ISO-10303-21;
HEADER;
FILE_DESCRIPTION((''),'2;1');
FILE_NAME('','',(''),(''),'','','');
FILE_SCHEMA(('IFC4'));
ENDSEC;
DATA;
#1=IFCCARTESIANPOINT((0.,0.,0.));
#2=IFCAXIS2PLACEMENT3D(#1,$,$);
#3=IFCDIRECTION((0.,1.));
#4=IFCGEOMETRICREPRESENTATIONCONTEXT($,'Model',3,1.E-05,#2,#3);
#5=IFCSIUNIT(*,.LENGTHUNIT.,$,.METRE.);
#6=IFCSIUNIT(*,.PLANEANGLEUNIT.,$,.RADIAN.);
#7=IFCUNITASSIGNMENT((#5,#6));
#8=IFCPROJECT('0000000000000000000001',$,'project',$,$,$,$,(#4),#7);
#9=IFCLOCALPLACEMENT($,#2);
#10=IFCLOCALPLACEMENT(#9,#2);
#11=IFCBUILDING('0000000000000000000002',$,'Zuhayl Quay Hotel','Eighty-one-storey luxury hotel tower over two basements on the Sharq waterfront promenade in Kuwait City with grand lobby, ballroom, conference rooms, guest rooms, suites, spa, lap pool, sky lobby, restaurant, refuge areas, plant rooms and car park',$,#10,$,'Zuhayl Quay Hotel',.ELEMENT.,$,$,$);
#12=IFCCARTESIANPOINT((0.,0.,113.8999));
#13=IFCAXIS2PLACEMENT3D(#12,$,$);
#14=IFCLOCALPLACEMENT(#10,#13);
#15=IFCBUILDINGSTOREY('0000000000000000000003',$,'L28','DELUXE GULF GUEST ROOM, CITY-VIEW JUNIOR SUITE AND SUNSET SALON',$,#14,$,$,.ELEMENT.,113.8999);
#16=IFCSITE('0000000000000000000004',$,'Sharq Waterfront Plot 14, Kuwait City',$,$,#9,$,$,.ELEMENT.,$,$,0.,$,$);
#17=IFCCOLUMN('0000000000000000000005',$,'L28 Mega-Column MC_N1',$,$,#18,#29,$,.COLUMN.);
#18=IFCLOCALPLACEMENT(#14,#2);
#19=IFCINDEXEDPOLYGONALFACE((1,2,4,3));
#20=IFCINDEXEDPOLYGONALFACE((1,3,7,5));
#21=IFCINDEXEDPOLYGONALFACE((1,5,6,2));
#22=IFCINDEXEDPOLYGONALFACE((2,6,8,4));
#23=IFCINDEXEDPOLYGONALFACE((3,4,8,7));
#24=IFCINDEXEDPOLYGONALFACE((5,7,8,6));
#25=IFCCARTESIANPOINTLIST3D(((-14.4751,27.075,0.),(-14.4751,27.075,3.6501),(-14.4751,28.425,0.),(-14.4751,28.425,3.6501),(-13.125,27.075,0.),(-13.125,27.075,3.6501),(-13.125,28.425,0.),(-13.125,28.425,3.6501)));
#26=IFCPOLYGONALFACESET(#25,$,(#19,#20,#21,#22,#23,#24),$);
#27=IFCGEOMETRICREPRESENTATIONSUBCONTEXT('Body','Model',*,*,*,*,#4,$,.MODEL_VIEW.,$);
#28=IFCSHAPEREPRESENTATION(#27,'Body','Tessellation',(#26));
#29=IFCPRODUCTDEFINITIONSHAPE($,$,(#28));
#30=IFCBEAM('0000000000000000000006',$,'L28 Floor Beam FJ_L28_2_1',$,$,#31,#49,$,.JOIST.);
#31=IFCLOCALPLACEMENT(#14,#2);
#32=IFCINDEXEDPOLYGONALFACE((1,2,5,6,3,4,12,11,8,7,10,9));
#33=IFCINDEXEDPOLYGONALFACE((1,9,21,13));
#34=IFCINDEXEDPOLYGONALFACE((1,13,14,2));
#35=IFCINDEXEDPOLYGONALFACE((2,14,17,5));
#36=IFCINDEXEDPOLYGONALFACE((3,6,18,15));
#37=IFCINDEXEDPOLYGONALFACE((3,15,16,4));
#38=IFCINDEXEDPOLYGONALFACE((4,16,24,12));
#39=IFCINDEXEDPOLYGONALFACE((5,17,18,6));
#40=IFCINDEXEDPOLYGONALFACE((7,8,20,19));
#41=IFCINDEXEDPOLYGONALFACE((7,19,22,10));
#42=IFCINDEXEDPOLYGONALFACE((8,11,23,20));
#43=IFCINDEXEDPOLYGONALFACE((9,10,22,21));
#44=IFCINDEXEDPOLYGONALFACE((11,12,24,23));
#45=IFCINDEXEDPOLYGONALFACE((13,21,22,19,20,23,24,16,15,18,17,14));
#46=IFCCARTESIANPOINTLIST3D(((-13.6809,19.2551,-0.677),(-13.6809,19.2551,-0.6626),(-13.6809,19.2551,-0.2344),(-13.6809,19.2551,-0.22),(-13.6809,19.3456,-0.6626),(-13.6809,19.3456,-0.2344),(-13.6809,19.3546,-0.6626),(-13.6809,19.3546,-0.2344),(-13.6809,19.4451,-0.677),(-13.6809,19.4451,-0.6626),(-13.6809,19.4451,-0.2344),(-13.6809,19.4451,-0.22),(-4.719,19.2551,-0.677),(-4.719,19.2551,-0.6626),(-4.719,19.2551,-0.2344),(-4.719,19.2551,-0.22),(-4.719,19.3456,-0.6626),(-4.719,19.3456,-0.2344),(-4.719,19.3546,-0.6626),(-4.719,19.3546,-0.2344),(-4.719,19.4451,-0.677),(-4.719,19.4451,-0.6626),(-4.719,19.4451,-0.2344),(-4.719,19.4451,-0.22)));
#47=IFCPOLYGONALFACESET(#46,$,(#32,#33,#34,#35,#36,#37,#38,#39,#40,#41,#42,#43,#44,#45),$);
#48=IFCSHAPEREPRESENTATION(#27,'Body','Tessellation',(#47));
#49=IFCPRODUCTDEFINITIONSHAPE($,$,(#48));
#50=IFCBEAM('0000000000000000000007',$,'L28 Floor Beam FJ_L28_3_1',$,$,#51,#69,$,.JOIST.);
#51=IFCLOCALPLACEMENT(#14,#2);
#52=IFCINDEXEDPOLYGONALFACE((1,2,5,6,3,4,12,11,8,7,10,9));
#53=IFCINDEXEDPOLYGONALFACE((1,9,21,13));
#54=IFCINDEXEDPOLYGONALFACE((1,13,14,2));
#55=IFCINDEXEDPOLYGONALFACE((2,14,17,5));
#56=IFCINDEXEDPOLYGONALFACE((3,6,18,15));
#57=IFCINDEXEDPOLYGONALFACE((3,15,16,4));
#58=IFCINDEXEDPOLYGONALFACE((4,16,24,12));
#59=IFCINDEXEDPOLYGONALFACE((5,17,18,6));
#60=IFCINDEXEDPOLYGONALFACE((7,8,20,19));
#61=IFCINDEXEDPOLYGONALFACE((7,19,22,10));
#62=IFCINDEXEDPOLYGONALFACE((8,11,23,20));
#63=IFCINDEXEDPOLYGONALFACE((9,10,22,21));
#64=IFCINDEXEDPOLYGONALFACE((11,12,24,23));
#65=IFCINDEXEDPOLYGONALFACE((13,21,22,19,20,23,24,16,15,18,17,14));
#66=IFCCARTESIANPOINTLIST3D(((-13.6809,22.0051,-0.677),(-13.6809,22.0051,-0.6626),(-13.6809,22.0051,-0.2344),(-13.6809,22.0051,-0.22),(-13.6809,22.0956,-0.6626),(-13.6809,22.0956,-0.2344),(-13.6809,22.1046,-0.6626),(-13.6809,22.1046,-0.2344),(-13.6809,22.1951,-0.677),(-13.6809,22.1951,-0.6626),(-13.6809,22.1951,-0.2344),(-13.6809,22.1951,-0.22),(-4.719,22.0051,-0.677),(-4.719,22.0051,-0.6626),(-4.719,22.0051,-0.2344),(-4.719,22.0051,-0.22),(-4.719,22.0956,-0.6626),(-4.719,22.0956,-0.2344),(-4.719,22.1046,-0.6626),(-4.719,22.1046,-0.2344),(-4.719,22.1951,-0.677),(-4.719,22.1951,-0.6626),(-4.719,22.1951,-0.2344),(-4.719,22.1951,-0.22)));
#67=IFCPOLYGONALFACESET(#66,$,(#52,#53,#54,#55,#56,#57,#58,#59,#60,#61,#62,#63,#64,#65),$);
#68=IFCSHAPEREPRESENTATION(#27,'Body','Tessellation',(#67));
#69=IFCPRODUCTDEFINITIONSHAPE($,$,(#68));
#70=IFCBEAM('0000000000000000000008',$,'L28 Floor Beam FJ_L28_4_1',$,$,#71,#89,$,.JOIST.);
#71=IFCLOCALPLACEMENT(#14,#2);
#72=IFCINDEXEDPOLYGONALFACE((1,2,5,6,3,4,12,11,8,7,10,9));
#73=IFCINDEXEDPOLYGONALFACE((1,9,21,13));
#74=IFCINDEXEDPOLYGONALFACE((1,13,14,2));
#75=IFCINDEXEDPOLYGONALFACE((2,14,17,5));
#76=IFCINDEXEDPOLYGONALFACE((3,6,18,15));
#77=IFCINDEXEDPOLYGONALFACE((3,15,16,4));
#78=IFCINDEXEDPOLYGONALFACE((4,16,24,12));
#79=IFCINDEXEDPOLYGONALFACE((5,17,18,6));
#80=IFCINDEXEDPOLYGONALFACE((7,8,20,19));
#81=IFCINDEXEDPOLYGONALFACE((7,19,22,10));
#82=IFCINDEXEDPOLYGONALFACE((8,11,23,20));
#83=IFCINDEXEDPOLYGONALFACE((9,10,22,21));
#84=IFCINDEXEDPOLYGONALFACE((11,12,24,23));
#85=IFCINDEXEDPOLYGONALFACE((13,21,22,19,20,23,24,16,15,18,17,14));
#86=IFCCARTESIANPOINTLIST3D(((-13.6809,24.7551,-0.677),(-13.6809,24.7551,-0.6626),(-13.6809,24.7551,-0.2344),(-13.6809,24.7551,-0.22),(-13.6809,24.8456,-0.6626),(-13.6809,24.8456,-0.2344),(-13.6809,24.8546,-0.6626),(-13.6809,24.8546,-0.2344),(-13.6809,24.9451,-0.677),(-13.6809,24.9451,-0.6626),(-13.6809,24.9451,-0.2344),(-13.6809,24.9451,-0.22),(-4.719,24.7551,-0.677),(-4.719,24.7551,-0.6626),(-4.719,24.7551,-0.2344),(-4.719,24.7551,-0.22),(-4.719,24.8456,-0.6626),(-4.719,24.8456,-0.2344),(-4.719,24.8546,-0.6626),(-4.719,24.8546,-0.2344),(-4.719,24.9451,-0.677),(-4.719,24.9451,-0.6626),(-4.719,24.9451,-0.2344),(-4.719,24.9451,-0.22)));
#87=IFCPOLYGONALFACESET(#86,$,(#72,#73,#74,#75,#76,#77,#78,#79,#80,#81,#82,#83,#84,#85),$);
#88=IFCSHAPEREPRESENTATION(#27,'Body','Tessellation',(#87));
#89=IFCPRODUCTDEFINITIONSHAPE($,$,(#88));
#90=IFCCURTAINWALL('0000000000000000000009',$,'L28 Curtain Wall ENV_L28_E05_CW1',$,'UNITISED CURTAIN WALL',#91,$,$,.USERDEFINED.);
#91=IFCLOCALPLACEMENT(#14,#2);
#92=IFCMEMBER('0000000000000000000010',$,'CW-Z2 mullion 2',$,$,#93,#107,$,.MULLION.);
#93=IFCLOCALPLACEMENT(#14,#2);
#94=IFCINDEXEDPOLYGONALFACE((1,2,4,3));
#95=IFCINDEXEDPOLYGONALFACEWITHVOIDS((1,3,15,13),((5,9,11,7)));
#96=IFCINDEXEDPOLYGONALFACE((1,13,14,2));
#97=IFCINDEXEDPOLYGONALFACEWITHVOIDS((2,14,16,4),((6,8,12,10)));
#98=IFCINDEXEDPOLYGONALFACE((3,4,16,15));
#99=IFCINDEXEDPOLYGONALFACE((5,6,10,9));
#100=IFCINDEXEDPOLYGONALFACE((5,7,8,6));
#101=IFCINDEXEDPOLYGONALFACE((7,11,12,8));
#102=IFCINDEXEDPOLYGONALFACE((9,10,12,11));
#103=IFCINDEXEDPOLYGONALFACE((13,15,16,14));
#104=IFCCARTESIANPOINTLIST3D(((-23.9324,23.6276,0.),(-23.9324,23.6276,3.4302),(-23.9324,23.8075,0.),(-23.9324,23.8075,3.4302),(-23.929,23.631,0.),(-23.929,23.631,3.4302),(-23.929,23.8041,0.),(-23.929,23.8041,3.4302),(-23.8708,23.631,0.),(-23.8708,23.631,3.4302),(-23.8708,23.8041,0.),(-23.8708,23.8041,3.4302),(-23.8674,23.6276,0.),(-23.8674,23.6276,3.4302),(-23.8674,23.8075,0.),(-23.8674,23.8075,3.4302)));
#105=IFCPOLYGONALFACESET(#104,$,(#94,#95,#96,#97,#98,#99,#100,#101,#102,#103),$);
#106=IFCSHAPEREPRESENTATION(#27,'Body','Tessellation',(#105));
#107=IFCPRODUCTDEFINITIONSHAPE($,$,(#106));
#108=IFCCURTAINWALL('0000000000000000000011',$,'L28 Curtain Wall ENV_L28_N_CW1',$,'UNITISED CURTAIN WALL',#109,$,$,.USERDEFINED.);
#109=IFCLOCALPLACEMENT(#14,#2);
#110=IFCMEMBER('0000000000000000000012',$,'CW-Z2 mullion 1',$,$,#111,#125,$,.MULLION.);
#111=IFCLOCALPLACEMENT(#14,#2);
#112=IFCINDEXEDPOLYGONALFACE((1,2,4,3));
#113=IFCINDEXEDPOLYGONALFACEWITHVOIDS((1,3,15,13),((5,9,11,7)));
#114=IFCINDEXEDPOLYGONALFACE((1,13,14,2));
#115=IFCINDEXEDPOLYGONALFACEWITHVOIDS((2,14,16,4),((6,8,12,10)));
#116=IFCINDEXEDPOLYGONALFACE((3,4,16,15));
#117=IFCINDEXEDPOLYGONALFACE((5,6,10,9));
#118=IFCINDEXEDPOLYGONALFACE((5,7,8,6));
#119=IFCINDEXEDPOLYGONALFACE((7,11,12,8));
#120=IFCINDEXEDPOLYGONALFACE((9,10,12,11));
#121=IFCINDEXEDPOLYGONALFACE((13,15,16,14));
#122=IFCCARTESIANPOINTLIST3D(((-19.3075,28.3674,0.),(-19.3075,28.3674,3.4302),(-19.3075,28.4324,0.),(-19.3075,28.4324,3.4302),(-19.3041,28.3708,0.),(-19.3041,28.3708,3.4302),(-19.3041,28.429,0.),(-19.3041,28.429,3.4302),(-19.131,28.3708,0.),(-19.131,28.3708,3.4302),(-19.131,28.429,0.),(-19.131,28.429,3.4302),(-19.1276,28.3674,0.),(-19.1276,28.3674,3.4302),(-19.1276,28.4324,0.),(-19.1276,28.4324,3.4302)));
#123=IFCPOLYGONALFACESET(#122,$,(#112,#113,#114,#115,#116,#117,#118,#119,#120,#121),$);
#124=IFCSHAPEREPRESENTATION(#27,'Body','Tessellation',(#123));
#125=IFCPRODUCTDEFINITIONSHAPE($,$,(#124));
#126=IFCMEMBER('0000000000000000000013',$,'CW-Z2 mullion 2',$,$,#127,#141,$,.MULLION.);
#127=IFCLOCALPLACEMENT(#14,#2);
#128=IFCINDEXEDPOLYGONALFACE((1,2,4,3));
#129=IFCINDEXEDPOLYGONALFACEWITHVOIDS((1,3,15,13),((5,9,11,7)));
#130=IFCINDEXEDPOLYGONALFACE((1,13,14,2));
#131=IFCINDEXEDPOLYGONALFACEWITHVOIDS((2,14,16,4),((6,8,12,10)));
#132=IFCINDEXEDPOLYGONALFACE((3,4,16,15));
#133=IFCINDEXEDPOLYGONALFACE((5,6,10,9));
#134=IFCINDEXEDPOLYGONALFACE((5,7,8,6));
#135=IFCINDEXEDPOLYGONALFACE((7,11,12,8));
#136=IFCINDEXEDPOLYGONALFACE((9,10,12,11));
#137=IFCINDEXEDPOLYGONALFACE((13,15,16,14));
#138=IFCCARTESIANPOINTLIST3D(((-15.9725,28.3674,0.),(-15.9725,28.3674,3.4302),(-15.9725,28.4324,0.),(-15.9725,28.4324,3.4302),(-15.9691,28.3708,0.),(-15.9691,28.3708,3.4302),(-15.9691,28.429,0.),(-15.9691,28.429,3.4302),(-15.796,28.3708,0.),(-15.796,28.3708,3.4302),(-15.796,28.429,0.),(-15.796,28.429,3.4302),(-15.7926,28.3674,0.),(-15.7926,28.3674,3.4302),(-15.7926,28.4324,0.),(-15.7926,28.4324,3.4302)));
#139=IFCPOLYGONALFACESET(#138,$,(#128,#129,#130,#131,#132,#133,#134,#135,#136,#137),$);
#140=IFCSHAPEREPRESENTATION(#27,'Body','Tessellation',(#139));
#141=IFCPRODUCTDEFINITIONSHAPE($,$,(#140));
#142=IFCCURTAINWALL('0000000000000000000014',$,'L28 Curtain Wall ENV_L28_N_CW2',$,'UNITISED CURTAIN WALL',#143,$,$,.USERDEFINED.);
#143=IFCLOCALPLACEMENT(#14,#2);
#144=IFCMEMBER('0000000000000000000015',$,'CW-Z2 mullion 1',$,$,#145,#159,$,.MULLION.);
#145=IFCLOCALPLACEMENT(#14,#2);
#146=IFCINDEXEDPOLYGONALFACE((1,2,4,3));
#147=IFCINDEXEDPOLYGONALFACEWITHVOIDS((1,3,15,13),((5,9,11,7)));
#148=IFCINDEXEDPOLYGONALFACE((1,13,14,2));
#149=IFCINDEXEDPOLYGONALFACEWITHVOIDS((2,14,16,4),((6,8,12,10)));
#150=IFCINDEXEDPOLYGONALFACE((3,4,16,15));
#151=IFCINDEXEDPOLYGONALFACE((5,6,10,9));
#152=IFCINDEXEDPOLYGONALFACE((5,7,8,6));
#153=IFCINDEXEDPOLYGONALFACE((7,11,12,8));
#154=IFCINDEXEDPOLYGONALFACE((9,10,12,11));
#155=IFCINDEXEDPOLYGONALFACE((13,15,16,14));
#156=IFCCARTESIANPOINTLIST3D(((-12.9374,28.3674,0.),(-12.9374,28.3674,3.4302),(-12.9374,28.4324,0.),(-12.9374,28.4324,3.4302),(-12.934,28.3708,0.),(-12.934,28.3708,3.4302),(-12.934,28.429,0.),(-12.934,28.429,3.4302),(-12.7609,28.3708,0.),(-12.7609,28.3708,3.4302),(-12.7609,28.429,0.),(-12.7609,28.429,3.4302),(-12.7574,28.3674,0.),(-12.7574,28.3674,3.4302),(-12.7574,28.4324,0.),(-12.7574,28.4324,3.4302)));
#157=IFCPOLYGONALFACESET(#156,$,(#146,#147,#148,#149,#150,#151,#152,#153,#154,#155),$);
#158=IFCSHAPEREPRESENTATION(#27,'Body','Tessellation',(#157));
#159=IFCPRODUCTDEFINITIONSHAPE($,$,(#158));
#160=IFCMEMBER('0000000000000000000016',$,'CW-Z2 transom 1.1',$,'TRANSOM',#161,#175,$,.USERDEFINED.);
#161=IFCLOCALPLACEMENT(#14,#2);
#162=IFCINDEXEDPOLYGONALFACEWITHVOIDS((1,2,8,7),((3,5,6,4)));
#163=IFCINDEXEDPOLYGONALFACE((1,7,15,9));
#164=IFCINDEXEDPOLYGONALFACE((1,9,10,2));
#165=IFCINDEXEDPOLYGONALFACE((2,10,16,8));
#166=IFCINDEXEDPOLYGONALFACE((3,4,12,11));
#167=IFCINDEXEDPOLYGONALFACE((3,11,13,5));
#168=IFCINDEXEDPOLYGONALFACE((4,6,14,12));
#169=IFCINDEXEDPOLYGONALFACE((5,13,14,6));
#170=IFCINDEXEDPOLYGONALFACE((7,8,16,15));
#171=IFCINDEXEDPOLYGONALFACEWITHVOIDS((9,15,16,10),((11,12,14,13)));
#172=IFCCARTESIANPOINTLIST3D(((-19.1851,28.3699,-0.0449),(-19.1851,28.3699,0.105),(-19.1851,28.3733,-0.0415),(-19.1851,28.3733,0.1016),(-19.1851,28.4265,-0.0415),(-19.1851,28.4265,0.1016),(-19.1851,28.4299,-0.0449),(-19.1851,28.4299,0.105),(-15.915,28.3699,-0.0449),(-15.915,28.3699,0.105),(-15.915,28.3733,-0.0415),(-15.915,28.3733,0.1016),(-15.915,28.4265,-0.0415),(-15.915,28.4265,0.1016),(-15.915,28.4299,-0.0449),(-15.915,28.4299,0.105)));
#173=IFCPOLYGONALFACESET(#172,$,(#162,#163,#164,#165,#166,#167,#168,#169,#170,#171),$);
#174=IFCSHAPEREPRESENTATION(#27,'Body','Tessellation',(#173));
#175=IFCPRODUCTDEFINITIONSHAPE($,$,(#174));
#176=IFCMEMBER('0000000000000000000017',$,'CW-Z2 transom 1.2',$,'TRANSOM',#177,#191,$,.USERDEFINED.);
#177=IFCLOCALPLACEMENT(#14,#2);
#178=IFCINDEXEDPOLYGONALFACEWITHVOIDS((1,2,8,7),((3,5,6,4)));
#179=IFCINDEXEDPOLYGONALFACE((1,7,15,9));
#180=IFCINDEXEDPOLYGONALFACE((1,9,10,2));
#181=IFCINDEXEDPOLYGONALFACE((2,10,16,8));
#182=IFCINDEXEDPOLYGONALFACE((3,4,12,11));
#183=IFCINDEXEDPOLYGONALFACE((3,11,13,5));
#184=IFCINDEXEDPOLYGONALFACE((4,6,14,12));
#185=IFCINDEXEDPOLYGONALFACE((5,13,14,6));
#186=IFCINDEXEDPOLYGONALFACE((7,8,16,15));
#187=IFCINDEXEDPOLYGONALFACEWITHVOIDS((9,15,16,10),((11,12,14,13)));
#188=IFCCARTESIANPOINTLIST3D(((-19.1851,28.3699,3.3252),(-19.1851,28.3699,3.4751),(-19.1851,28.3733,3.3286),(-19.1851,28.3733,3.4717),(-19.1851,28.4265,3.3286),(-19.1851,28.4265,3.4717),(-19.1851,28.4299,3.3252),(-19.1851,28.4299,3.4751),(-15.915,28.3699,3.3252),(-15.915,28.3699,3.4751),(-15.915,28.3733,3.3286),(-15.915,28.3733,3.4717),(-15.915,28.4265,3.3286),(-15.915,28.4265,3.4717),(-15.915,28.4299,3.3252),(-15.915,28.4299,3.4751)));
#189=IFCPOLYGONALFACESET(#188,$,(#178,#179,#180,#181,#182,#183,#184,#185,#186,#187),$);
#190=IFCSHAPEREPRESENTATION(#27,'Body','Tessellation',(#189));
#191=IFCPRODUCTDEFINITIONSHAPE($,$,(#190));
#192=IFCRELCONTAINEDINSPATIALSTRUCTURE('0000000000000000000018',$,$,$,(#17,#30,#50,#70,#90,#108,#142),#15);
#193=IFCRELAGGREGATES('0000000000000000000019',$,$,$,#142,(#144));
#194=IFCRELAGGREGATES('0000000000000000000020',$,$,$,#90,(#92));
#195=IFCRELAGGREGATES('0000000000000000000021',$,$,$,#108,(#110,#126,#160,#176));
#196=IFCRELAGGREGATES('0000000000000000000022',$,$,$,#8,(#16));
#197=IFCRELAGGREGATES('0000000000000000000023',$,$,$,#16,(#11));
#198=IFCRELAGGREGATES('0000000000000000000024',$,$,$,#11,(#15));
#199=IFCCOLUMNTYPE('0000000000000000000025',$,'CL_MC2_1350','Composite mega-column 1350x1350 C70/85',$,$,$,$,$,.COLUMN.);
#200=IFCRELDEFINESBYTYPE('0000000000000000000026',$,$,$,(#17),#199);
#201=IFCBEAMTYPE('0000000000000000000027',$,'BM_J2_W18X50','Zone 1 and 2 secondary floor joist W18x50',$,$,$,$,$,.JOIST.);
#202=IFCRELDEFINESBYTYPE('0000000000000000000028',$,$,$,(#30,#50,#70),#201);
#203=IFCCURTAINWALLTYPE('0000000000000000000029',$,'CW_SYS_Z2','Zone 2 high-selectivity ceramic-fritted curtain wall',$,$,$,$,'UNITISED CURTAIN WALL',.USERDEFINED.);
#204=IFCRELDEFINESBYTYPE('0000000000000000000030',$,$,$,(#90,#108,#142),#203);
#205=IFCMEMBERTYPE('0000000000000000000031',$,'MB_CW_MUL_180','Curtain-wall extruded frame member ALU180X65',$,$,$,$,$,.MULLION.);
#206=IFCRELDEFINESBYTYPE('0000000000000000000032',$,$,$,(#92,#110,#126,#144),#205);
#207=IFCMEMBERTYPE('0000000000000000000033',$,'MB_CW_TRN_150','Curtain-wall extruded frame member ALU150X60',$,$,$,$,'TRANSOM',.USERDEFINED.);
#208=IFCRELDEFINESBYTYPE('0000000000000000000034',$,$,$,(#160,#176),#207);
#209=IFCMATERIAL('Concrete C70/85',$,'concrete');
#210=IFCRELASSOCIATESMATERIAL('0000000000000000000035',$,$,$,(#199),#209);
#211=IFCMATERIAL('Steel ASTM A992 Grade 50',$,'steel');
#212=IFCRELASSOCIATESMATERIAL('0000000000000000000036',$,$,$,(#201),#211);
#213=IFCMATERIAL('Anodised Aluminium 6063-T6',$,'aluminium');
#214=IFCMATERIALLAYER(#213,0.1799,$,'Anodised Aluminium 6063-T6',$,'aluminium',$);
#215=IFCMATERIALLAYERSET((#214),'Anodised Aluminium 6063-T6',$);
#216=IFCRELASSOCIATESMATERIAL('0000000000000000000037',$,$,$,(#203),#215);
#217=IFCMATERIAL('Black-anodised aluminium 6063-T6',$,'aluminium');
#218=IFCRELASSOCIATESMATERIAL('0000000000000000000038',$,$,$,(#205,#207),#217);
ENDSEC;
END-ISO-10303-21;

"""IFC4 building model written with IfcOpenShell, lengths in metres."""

from ifc_helpers import new_model, si_unit, direction, frame, origin, origin_2d, place, context, subcontext, project, spatial, rectangle, hollow_rectangle, i_section, extrude, material, layer, layer_set, material_profile, profile_set, type_object, element, aggregate, save


model = new_model("IFC4")

# Units and contexts
model_context = context("Model", 3, precision=1e-05, world=origin(), true_north=direction((0.0, 1.0)))
body_context = subcontext(model_context, "Body", "Model", "MODEL_VIEW")
ifc_project = project(units=[si_unit("LENGTHUNIT", "METRE"), si_unit("PLANEANGLEUNIT", "RADIAN")], contexts=[model_context])

# Site, building, storey
site_placement = place(None, origin())
site = spatial("IfcSite", under=ifc_project, at=site_placement, Name="Sharq Waterfront Plot 14, Kuwait City", CompositionType="ELEMENT", RefElevation=0.0)
building_placement = place(site_placement, origin())
building = spatial("IfcBuilding", under=site, at=building_placement, Name="Zuhayl Quay Hotel", Description="Eighty-one-storey luxury hotel tower over two basements on the Sharq waterfront promenade in Kuwait City with grand lobby, ballroom, conference rooms, guest rooms, suites, spa, lap pool, sky lobby, restaurant, refuge areas, plant rooms and car park", LongName="Zuhayl Quay Hotel", CompositionType="ELEMENT")
storey_placement = place(building_placement, frame((0.0, 0.0, 113.8999)))
storey = spatial("IfcBuildingStorey", under=building, at=storey_placement, Name="L28", Description="DELUXE GULF GUEST ROOM, CITY-VIEW JUNIOR SUITE AND SUNSET SALON", CompositionType="ELEMENT", Elevation=113.8999)

# Column
ifc_material_1 = material(Name="Concrete C70/85", Category="concrete")
ifc_material_profile_1 = material_profile(ifc_material_1, rectangle(XDim=1.3501, YDim=1.3501, at=origin_2d()), Name="RC1350X1350")
ifc_profile_set_1 = profile_set([ifc_material_profile_1], Name="Concrete C70/85")
column_type = type_object("IfcColumnType", Name="CL_MC2_1350", Description="Composite mega-column 1350x1350 C70/85", PredefinedType="COLUMN", material=ifc_profile_set_1)
column_placement = place(storey_placement, frame((-13.8, 27.75, 0.0), z_axis=(0.0, 0.0, 1.0), x_axis=(1.0, 0.0, 0.0)))
element("IfcColumn", 1, at=column_placement, inside=storey, type_object=column_type, Name="L28 Mega-Column MC_N1", PredefinedType="COLUMN", context=body_context, shape_type="SweptSolid", body=[
    extrude(rectangle(XDim=1.3501, YDim=1.3501, at=origin_2d()), origin(), (0.0, 0.0, 1.0), 3.6501),
])

# Beams
ifc_material_2 = material(Name="Steel ASTM A992 Grade 50", Category="steel")
ifc_material_profile_2 = material_profile(ifc_material_2, i_section(OverallWidth=0.1899, OverallDepth=0.457, WebThickness=0.009, FlangeThickness=0.0144, at=origin_2d()), Name="W18X50")
ifc_profile_set_2 = profile_set([ifc_material_profile_2], Name="Steel ASTM A992 Grade 50")
beam_type = type_object("IfcBeamType", Name="BM_J2_W18X50", Description="Zone 1 and 2 secondary floor joist W18x50", PredefinedType="JOIST", material=ifc_profile_set_2)
for number, where, z_axis, x_axis, name in (
    (2, (-13.6809, 19.3501, -0.4485), (1.0, 0.0, 0.0), (0.0, 1.0, 0.0), "L28 Floor Beam FJ_L28_2_1"),
    (3, (-13.6809, 22.1001, -0.4485), (1.0, 0.0, 0.0), (0.0, 1.0, 0.0), "L28 Floor Beam FJ_L28_3_1"),
    (4, (-13.6809, 24.8501, -0.4485), (1.0, 0.0, 0.0), (0.0, 1.0, 0.0), "L28 Floor Beam FJ_L28_4_1"),
):
    element("IfcBeam", number, at=place(storey_placement, frame(where, z_axis=z_axis, x_axis=x_axis)), inside=storey, type_object=beam_type, Name=name, PredefinedType="JOIST", context=body_context, shape_type="SweptSolid", body=[
        extrude(i_section(OverallWidth=0.1899, OverallDepth=0.457, WebThickness=0.009, FlangeThickness=0.0144, at=origin_2d()), origin(), (0.0, 0.0, 1.0), 8.9619),
    ])

# Curtain wall, member
ifc_material_3 = material(Name="Anodised Aluminium 6063-T6", Category="aluminium")
ifc_layer_1 = layer(ifc_material_3, 0.1799, Name="Anodised Aluminium 6063-T6", Category="aluminium")
ifc_layer_set_1 = layer_set([ifc_layer_1], Name="Anodised Aluminium 6063-T6")
curtain_wall_type = type_object("IfcCurtainWallType", Name="CW_SYS_Z2", Description="Zone 2 high-selectivity ceramic-fritted curtain wall", ElementType="UNITISED CURTAIN WALL", PredefinedType="USERDEFINED", material=ifc_layer_set_1)
curtain_wall_1_placement = place(storey_placement, origin())
curtain_wall_1 = element("IfcCurtainWall", 5, at=curtain_wall_1_placement, inside=storey, type_object=curtain_wall_type, Name="L28 Curtain Wall ENV_L28_E05_CW1", ObjectType="UNITISED CURTAIN WALL", PredefinedType="USERDEFINED")
ifc_material_4 = material(Name="Black-anodised aluminium 6063-T6", Category="aluminium")
ifc_material_profile_3 = material_profile(ifc_material_4, hollow_rectangle(XDim=0.0649, YDim=0.1799, WallThickness=0.0034, at=origin_2d()), Name="ALU180X65")
ifc_profile_set_3 = profile_set([ifc_material_profile_3], Name="Black-anodised aluminium 6063-T6")
member_type_1 = type_object("IfcMemberType", Name="MB_CW_MUL_180", Description="Curtain-wall extruded frame member ALU180X65", PredefinedType="MULLION", material=ifc_profile_set_3)
member_1_placement = place(storey_placement, frame((-23.8999, 23.7175, 0.0), z_axis=(0.0, 0.0, 1.0), x_axis=(-1.0, 0.0, 0.0)))
member_1 = element("IfcMember", 6, at=member_1_placement, type_object=member_type_1, Name="CW-Z2 mullion 2", PredefinedType="MULLION", context=body_context, shape_type="SweptSolid", body=[
    extrude(hollow_rectangle(XDim=0.0649, YDim=0.1799, WallThickness=0.0034, at=origin_2d()), origin(), (0.0, 0.0, 1.0), 3.4302),
])

# Curtain wall, members
curtain_wall_2_placement = place(storey_placement, origin())
curtain_wall_2 = element("IfcCurtainWall", 7, at=curtain_wall_2_placement, inside=storey, type_object=curtain_wall_type, Name="L28 Curtain Wall ENV_L28_N_CW1", ObjectType="UNITISED CURTAIN WALL", PredefinedType="USERDEFINED")
member_2_placement = place(storey_placement, frame((-19.2175, 28.3999, 0.0), z_axis=(0.0, 0.0, 1.0), x_axis=(0.0, 1.0, 0.0)))
member_2 = element("IfcMember", 8, at=member_2_placement, type_object=member_type_1, Name="CW-Z2 mullion 1", PredefinedType="MULLION", context=body_context, shape_type="SweptSolid", body=[
    extrude(hollow_rectangle(XDim=0.0649, YDim=0.1799, WallThickness=0.0034, at=origin_2d()), origin(), (0.0, 0.0, 1.0), 3.4302),
])
member_3_placement = place(storey_placement, frame((-15.8826, 28.3999, 0.0), z_axis=(0.0, 0.0, 1.0), x_axis=(0.0, 1.0, 0.0)))
member_3 = element("IfcMember", 9, at=member_3_placement, type_object=member_type_1, Name="CW-Z2 mullion 2", PredefinedType="MULLION", context=body_context, shape_type="SweptSolid", body=[
    extrude(hollow_rectangle(XDim=0.0649, YDim=0.1799, WallThickness=0.0034, at=origin_2d()), origin(), (0.0, 0.0, 1.0), 3.4302),
])

# Curtain wall, member
curtain_wall_3_placement = place(storey_placement, origin())
curtain_wall_3 = element("IfcCurtainWall", 10, at=curtain_wall_3_placement, inside=storey, type_object=curtain_wall_type, Name="L28 Curtain Wall ENV_L28_N_CW2", ObjectType="UNITISED CURTAIN WALL", PredefinedType="USERDEFINED")
member_4_placement = place(storey_placement, frame((-12.8474, 28.3999, 0.0), z_axis=(0.0, 0.0, 1.0), x_axis=(0.0, 1.0, 0.0)))
member_4 = element("IfcMember", 11, at=member_4_placement, type_object=member_type_1, Name="CW-Z2 mullion 1", PredefinedType="MULLION", context=body_context, shape_type="SweptSolid", body=[
    extrude(hollow_rectangle(XDim=0.0649, YDim=0.1799, WallThickness=0.0034, at=origin_2d()), origin(), (0.0, 0.0, 1.0), 3.4302),
])

# Members
ifc_material_profile_4 = material_profile(ifc_material_4, hollow_rectangle(XDim=0.0601, YDim=0.1499, WallThickness=0.0034, at=origin_2d()), Name="ALU150X60")
ifc_profile_set_4 = profile_set([ifc_material_profile_4], Name="Black-anodised aluminium 6063-T6")
member_type_2 = type_object("IfcMemberType", Name="MB_CW_TRN_150", Description="Curtain-wall extruded frame member ALU150X60", ElementType="TRANSOM", PredefinedType="USERDEFINED", material=ifc_profile_set_4)
member_5_placement = place(storey_placement, frame((-19.1851, 28.3999, 0.03), z_axis=(1.0, 0.0, 0.0), x_axis=(0.0, 1.0, 0.0)))
member_5 = element("IfcMember", 12, at=member_5_placement, type_object=member_type_2, Name="CW-Z2 transom 1.1", ObjectType="TRANSOM", PredefinedType="USERDEFINED", context=body_context, shape_type="SweptSolid", body=[
    extrude(hollow_rectangle(XDim=0.0601, YDim=0.1499, WallThickness=0.0034, at=origin_2d()), origin(), (0.0, 0.0, 1.0), 3.27),
])
member_6_placement = place(storey_placement, frame((-19.1851, 28.3999, 3.4001), z_axis=(1.0, 0.0, 0.0), x_axis=(0.0, 1.0, 0.0)))
member_6 = element("IfcMember", 13, at=member_6_placement, type_object=member_type_2, Name="CW-Z2 transom 1.2", ObjectType="TRANSOM", PredefinedType="USERDEFINED", context=body_context, shape_type="SweptSolid", body=[
    extrude(hollow_rectangle(XDim=0.0601, YDim=0.1499, WallThickness=0.0034, at=origin_2d()), origin(), (0.0, 0.0, 1.0), 3.27),
])
aggregate(curtain_wall_3, [member_4])

aggregate(curtain_wall_1, [member_1])
aggregate(curtain_wall_2, [member_2, member_3, member_5, member_6])

save(model, "model.ifc")
